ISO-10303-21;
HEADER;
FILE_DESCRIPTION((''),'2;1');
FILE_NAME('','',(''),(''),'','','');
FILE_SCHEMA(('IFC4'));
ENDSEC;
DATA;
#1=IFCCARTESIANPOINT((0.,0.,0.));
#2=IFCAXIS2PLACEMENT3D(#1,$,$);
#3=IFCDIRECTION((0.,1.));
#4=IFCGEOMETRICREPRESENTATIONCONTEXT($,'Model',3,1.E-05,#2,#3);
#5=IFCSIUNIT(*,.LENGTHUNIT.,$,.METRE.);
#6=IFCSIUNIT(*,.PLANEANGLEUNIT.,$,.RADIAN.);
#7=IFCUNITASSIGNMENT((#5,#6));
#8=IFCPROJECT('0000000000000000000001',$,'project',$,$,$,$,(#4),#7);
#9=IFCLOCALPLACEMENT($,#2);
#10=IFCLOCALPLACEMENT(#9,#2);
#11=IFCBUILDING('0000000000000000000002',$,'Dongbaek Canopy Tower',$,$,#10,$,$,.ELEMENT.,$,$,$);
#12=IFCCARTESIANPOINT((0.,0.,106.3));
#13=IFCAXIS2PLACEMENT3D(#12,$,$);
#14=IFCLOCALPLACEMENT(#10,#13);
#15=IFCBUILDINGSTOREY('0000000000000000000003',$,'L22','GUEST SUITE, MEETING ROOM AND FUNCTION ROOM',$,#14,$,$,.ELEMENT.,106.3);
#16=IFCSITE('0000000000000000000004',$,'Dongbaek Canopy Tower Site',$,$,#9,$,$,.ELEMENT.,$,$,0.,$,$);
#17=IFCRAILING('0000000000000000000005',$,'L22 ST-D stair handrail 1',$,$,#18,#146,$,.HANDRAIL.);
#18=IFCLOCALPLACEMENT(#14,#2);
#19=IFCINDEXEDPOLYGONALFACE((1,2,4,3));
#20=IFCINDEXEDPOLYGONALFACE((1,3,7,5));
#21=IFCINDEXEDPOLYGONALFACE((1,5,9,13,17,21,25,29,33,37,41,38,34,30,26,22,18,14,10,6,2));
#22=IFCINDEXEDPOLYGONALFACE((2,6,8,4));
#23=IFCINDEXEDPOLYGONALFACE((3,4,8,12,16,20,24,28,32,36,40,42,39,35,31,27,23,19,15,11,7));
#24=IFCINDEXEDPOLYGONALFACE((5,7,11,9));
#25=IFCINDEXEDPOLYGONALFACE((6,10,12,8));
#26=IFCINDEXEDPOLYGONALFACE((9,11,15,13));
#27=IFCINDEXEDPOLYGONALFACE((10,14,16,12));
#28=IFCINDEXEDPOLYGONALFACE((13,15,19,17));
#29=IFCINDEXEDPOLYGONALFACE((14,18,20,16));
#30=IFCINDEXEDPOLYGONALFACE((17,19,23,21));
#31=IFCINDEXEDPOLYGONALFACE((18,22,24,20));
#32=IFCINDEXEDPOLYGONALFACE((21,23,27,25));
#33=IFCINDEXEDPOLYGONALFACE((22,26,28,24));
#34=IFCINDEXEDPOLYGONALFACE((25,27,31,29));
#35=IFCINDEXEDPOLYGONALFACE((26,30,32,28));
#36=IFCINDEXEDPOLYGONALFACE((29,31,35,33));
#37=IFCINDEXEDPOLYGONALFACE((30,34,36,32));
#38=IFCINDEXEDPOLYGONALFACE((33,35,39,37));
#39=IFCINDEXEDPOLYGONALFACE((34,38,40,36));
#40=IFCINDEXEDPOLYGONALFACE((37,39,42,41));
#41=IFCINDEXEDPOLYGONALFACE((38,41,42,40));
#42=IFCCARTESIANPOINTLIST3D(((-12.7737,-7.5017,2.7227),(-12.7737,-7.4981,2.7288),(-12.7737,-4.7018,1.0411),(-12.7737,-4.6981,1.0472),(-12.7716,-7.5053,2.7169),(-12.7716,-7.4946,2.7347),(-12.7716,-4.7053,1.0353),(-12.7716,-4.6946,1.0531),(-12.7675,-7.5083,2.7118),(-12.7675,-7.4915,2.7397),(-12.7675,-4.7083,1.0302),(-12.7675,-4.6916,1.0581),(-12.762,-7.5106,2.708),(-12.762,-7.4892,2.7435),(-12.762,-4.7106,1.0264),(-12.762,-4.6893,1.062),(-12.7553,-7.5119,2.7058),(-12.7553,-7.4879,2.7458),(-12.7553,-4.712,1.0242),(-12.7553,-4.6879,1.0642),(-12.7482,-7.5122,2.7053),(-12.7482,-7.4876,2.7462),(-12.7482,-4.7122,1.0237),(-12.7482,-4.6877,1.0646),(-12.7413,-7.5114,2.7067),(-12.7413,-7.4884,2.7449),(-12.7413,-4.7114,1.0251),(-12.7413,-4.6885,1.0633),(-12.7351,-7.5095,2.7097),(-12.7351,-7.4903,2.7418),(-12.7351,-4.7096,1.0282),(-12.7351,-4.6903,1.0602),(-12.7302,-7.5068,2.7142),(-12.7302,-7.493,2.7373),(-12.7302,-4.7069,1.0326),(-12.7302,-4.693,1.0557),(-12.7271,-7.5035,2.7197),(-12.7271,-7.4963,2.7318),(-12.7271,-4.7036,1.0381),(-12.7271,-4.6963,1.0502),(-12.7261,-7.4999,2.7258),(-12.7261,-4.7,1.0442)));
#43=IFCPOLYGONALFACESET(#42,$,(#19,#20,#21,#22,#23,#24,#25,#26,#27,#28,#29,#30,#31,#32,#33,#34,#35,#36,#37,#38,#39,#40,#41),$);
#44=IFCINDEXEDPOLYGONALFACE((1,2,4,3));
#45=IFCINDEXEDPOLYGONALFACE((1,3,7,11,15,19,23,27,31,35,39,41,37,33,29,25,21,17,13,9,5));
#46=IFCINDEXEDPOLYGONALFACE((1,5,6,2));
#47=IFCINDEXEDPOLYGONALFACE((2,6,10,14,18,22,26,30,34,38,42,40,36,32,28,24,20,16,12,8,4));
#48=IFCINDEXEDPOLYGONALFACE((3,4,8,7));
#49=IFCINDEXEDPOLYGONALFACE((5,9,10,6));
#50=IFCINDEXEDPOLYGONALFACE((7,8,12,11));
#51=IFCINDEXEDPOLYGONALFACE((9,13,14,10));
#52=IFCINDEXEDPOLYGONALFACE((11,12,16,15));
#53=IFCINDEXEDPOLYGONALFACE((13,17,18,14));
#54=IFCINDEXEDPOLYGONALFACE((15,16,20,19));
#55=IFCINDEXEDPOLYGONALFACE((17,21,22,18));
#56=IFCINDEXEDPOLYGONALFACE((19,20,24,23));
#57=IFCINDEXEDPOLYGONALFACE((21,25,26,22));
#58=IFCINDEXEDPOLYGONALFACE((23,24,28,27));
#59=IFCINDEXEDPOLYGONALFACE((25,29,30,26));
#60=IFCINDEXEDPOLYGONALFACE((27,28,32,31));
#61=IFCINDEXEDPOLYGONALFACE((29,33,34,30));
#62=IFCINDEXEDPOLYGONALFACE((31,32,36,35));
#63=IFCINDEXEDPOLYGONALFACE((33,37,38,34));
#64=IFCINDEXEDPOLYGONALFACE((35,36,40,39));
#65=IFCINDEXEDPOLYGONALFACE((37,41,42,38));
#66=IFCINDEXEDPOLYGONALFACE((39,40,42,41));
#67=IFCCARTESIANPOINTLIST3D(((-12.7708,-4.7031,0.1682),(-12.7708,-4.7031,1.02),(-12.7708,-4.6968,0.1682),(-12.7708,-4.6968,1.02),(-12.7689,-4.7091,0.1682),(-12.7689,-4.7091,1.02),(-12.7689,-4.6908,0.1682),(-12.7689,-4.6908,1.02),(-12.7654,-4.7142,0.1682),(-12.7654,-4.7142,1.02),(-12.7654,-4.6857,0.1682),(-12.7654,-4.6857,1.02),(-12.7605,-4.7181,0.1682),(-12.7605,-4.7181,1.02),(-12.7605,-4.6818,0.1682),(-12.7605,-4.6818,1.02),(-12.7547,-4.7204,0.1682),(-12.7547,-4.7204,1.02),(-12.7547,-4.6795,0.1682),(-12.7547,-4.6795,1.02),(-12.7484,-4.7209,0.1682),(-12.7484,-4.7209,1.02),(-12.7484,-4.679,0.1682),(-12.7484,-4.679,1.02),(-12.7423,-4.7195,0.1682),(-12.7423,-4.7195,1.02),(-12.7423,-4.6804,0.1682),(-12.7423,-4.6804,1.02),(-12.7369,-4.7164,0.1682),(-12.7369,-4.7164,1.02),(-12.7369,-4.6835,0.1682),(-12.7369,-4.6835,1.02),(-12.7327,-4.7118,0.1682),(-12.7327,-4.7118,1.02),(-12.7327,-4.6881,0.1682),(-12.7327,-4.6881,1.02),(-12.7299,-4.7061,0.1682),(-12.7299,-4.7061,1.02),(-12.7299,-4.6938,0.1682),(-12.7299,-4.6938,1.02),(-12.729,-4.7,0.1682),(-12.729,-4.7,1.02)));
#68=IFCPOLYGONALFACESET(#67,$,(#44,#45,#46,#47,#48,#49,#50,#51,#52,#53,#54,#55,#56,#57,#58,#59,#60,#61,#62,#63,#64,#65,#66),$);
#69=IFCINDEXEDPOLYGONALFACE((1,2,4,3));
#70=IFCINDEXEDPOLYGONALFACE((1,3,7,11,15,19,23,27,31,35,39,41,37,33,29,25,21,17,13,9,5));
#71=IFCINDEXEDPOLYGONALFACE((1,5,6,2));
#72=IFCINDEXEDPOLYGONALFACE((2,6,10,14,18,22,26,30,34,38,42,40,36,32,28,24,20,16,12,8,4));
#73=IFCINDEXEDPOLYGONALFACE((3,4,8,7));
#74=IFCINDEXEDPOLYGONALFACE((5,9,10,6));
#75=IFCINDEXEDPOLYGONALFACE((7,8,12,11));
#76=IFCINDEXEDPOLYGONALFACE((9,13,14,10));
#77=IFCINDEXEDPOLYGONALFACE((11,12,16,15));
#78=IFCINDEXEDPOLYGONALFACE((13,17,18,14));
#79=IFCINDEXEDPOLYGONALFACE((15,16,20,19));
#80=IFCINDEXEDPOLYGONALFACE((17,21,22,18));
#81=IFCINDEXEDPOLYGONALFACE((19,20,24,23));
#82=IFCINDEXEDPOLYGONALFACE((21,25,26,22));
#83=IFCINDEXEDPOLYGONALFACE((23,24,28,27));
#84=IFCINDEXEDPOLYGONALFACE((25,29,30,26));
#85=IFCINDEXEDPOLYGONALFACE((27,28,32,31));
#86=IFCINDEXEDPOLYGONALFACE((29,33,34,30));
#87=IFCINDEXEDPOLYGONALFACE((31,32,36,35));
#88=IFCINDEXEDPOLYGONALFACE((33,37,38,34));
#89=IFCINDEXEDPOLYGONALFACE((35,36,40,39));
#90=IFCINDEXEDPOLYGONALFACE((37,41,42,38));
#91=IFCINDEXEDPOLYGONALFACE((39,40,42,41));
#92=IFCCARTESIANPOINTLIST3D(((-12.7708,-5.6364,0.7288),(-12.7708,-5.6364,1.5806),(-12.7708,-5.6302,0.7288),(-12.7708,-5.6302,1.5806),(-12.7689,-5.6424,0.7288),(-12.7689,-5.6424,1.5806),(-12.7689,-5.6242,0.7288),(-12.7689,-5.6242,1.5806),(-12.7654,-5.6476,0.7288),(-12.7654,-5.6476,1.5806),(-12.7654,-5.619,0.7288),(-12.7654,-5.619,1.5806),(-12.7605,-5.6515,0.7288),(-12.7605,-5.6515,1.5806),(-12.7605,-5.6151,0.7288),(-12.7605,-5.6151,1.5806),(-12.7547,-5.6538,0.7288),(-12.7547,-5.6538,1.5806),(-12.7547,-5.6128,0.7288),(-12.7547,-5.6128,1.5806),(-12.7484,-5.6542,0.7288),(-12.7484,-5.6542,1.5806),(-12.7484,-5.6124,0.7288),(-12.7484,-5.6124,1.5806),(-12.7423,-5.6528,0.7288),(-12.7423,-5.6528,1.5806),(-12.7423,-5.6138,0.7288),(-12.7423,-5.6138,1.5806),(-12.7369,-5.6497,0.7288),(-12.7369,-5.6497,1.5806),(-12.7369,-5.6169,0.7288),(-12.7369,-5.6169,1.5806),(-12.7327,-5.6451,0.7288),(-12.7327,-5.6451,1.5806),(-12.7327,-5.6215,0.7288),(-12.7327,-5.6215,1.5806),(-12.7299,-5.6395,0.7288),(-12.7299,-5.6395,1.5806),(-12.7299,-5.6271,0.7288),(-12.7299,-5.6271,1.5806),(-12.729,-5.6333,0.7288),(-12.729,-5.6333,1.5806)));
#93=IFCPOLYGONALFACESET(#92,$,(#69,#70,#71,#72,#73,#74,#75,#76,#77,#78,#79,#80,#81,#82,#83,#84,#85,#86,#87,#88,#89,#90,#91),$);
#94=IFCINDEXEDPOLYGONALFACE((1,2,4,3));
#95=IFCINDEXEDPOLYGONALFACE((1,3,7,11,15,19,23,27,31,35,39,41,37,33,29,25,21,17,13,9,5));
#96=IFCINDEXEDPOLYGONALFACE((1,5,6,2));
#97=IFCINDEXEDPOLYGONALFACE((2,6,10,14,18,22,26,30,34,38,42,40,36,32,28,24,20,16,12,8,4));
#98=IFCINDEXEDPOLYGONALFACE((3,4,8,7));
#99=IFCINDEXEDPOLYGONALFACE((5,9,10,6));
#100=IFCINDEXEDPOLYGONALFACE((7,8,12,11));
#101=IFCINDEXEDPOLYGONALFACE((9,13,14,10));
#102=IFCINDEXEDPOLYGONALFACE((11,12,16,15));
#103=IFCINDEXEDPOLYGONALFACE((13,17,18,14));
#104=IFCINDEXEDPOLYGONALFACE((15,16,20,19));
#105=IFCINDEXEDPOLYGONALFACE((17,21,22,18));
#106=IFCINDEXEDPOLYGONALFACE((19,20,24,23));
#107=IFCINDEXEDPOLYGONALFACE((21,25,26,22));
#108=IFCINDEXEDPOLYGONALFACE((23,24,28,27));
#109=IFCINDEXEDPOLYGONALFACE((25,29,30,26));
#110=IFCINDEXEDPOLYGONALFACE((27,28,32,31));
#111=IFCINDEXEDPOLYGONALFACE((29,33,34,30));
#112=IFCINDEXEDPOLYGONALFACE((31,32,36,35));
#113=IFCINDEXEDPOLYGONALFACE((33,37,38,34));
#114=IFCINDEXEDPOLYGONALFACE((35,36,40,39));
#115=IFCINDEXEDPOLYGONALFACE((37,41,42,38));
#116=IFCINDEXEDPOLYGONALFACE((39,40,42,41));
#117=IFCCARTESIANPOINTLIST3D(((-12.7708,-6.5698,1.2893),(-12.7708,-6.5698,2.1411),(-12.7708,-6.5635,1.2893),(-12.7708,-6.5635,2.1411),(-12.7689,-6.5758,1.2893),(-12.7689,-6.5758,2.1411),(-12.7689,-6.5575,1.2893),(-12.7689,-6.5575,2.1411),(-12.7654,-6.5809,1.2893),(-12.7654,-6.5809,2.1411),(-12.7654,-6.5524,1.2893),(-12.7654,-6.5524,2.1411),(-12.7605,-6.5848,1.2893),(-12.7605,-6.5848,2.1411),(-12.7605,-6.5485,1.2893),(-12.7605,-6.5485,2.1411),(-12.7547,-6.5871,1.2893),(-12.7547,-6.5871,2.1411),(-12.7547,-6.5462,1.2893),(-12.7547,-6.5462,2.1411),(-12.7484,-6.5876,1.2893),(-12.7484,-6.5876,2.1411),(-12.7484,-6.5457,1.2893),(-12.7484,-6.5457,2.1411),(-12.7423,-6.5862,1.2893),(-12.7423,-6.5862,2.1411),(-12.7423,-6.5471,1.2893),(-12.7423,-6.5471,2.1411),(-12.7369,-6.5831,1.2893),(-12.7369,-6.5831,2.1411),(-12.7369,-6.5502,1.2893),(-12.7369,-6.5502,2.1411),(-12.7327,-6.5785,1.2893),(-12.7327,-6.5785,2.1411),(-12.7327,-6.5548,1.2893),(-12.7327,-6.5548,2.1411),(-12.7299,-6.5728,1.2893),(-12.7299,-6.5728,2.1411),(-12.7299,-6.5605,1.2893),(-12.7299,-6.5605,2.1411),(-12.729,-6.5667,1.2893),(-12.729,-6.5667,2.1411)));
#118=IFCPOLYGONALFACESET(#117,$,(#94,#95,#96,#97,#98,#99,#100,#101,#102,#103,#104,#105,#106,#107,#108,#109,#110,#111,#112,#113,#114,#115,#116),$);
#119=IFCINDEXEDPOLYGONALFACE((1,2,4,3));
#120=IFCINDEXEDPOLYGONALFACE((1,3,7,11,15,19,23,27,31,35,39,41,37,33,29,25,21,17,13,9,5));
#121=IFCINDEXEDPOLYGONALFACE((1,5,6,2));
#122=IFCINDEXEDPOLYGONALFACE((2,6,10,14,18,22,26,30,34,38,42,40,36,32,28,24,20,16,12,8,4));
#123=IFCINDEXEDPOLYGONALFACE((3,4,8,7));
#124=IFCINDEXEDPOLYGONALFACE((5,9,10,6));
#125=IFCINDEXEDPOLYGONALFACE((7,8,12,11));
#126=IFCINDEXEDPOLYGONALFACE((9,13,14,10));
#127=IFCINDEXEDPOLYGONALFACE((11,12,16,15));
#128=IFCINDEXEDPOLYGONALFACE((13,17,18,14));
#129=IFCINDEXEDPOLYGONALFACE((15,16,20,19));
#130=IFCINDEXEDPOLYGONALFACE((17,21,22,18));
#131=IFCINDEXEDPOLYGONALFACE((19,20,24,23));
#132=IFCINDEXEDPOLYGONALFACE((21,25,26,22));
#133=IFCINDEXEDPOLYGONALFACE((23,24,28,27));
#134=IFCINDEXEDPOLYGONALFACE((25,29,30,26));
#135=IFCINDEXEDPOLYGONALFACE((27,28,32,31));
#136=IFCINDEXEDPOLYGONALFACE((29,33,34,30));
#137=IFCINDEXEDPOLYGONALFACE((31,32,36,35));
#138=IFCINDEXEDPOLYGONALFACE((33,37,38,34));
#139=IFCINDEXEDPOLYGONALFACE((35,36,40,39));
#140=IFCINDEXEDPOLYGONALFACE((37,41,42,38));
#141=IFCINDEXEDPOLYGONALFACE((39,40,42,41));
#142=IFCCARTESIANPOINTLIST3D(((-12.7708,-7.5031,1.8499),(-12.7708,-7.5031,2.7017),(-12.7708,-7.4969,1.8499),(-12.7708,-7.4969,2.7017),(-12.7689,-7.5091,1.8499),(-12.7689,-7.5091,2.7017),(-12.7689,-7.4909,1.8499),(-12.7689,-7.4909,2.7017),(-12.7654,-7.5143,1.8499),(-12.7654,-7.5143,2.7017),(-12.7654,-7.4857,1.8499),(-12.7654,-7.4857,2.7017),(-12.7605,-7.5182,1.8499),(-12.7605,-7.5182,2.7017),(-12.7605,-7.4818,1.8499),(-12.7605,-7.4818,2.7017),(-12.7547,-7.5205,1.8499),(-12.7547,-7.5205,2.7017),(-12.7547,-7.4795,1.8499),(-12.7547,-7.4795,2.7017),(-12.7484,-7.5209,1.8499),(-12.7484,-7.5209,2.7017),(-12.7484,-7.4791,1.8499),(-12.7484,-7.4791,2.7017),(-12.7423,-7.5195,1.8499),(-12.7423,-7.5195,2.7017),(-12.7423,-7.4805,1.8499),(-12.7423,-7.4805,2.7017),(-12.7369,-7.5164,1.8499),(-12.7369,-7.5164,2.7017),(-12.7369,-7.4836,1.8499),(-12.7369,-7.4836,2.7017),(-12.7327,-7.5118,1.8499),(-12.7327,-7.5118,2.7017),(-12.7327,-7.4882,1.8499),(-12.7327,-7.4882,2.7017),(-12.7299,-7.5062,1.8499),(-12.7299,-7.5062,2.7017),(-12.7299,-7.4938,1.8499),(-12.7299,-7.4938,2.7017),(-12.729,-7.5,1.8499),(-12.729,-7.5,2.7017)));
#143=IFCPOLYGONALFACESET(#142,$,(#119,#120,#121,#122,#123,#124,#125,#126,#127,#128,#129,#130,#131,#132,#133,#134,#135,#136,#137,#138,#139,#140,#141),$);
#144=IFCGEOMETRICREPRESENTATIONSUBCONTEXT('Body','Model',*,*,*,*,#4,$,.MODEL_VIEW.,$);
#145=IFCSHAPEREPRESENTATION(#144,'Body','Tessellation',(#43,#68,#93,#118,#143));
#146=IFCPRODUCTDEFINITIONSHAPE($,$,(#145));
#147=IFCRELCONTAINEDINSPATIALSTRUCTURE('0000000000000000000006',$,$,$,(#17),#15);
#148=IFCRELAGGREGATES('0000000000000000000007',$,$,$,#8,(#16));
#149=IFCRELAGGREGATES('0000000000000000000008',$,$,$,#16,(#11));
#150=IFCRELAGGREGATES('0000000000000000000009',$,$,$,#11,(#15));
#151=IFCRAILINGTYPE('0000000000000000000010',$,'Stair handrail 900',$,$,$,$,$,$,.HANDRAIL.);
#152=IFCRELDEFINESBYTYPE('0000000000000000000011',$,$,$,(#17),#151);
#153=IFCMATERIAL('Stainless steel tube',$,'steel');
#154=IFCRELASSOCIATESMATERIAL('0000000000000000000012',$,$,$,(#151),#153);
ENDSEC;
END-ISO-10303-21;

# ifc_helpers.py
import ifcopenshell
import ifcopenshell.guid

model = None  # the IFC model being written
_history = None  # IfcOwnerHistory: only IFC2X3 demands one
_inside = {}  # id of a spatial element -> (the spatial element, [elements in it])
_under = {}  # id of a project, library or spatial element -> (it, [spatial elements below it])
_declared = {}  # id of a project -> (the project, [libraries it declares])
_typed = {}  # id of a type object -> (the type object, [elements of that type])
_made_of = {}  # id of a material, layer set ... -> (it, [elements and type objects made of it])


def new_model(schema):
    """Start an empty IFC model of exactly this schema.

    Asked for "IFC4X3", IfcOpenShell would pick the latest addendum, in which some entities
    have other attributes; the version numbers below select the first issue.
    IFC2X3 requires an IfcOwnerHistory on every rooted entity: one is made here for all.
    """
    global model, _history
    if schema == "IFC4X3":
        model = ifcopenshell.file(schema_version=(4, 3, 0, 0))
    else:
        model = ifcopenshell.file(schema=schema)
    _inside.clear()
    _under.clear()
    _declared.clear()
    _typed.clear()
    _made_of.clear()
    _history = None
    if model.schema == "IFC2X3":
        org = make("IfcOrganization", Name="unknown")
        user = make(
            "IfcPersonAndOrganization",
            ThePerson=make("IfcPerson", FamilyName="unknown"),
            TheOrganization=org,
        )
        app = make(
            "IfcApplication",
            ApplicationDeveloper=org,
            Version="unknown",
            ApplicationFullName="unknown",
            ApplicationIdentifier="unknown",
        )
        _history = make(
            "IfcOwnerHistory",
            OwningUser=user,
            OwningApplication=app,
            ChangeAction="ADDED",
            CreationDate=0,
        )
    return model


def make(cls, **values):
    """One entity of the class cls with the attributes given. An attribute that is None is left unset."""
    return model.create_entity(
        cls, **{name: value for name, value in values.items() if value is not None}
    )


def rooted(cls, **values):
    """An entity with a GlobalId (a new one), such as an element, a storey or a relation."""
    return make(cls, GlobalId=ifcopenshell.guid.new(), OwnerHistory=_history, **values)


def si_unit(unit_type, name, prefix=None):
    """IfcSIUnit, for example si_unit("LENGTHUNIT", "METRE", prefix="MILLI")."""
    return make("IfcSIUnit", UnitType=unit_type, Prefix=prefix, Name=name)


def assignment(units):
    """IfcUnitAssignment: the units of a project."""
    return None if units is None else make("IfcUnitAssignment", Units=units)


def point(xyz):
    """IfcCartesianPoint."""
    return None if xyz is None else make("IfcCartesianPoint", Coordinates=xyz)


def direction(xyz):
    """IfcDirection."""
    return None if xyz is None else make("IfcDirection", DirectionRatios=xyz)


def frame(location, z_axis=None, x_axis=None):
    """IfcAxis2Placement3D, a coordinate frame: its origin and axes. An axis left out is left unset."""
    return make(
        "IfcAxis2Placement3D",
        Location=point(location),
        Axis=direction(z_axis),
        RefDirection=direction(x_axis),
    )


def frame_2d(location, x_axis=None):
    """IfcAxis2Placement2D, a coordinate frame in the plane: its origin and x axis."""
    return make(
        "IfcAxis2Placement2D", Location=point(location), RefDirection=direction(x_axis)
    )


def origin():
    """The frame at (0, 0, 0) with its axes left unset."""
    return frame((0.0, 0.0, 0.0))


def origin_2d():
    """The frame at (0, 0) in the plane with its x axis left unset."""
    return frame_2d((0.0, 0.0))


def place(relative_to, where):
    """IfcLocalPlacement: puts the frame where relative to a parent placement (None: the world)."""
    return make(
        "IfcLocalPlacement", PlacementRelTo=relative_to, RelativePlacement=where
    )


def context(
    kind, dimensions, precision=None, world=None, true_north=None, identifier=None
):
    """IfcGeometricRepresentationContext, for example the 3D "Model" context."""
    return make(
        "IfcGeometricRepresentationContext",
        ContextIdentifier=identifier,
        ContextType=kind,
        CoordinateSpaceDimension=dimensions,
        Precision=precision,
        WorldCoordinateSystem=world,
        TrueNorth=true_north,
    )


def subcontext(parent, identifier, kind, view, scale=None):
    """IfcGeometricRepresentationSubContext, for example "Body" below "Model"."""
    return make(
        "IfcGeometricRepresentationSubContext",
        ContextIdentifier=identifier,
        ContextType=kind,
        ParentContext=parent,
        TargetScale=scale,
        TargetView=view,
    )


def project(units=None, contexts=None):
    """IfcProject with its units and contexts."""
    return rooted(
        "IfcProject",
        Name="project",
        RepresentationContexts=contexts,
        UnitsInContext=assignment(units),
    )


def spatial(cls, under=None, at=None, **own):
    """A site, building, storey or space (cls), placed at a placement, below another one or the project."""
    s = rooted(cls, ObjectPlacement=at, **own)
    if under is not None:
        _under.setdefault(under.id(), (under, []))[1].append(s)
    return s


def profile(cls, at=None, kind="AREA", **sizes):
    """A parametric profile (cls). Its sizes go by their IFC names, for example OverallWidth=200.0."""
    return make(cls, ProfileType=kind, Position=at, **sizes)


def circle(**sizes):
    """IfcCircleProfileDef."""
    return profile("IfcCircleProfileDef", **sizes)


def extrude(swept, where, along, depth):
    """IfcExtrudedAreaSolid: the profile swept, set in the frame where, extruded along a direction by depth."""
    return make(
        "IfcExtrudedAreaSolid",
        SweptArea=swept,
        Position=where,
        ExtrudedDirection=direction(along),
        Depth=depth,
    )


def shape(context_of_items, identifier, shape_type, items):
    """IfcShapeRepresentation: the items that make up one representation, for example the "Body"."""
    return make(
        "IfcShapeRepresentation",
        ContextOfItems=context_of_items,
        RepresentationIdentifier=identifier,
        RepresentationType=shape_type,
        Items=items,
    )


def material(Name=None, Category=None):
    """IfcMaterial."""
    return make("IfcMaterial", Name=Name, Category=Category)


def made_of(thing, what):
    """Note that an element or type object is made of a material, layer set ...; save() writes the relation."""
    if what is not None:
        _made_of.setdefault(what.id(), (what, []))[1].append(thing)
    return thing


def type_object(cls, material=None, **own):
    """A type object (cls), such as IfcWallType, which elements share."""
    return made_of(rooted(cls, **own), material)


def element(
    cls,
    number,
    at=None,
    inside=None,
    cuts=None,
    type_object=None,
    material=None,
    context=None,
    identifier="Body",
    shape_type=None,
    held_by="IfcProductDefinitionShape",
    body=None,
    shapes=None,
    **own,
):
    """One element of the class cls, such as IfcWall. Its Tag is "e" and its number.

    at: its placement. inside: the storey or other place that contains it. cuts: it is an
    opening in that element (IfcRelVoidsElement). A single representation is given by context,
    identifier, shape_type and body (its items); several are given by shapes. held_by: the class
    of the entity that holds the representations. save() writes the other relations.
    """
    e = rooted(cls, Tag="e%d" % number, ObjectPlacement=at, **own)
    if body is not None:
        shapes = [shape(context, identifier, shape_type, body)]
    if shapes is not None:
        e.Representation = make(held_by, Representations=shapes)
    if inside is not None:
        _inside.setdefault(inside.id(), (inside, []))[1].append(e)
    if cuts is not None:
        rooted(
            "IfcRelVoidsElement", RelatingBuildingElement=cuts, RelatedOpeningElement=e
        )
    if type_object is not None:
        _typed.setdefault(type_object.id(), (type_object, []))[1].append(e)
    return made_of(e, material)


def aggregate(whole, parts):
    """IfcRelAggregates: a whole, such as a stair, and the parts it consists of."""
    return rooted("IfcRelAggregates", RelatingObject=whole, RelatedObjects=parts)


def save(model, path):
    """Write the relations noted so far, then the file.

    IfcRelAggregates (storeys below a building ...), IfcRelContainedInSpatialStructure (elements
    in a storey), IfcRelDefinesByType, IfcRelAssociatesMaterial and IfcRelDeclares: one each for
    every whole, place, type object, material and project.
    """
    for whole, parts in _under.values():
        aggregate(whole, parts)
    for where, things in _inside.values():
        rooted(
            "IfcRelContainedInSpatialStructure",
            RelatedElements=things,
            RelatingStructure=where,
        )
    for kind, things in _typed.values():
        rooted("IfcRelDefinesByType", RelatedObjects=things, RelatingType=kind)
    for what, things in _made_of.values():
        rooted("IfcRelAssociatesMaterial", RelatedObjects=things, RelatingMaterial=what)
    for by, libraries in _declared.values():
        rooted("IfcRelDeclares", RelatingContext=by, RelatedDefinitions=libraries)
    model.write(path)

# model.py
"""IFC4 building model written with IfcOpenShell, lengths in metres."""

from ifc_helpers import new_model, si_unit, direction, frame, origin, origin_2d, place, context, subcontext, project, spatial, circle, extrude, material, type_object, element, save


model = new_model("IFC4")

# Units and contexts
model_context = context("Model", 3, precision=1e-05, world=origin(), true_north=direction((0.0, 1.0)))
body_context = subcontext(model_context, "Body", "Model", "MODEL_VIEW")
ifc_project = project(units=[si_unit("LENGTHUNIT", "METRE"), si_unit("PLANEANGLEUNIT", "RADIAN")], contexts=[model_context])

# Site, building, storey
site_placement = place(None, origin())
site = spatial("IfcSite", under=ifc_project, at=site_placement, Name="Dongbaek Canopy Tower Site", CompositionType="ELEMENT", RefElevation=0.0)
building_placement = place(site_placement, origin())
building = spatial("IfcBuilding", under=site, at=building_placement, Name="Dongbaek Canopy Tower", CompositionType="ELEMENT")
storey_placement = place(building_placement, frame((0.0, 0.0, 106.3)))
storey = spatial("IfcBuildingStorey", under=building, at=storey_placement, Name="L22", Description="GUEST SUITE, MEETING ROOM AND FUNCTION ROOM", CompositionType="ELEMENT", Elevation=106.3)

# Railing
ifc_material_1 = material(Name="Stainless steel tube", Category="steel")
railing_type_1 = type_object("IfcRailingType", Name="Stair handrail 900", PredefinedType="HANDRAIL", material=ifc_material_1)
railing_1_placement = place(storey_placement, frame((-12.75, -4.7, 0.1682)))
element("IfcRailing", 1, at=railing_1_placement, inside=storey, type_object=railing_type_1, Name="L22 ST-D stair handrail 1", PredefinedType="HANDRAIL", context=body_context, shape_type="SweptSolid", body=[
    extrude(circle(Radius=0.0239, at=origin_2d()), frame((0.0, 0.0, 0.876), z_axis=(0.0, -0.857275, 0.514858), x_axis=(1.0, 0.0, 0.0)), (0.0, 0.0, 1.0), 3.2661),
    extrude(circle(Radius=0.021, at=origin_2d()), origin(), (0.0, 0.0, 1.0), 0.8518),
    extrude(circle(Radius=0.021, at=origin_2d()), frame((0.0, -0.9333, 0.5605)), (0.0, 0.0, 1.0), 0.8518),
    extrude(circle(Radius=0.021, at=origin_2d()), frame((0.0, -1.8667, 1.1211)), (0.0, 0.0, 1.0), 0.8518),
    extrude(circle(Radius=0.021, at=origin_2d()), frame((0.0, -2.8, 1.6816)), (0.0, 0.0, 1.0), 0.8518),
])

save(model, "model.ifc")
